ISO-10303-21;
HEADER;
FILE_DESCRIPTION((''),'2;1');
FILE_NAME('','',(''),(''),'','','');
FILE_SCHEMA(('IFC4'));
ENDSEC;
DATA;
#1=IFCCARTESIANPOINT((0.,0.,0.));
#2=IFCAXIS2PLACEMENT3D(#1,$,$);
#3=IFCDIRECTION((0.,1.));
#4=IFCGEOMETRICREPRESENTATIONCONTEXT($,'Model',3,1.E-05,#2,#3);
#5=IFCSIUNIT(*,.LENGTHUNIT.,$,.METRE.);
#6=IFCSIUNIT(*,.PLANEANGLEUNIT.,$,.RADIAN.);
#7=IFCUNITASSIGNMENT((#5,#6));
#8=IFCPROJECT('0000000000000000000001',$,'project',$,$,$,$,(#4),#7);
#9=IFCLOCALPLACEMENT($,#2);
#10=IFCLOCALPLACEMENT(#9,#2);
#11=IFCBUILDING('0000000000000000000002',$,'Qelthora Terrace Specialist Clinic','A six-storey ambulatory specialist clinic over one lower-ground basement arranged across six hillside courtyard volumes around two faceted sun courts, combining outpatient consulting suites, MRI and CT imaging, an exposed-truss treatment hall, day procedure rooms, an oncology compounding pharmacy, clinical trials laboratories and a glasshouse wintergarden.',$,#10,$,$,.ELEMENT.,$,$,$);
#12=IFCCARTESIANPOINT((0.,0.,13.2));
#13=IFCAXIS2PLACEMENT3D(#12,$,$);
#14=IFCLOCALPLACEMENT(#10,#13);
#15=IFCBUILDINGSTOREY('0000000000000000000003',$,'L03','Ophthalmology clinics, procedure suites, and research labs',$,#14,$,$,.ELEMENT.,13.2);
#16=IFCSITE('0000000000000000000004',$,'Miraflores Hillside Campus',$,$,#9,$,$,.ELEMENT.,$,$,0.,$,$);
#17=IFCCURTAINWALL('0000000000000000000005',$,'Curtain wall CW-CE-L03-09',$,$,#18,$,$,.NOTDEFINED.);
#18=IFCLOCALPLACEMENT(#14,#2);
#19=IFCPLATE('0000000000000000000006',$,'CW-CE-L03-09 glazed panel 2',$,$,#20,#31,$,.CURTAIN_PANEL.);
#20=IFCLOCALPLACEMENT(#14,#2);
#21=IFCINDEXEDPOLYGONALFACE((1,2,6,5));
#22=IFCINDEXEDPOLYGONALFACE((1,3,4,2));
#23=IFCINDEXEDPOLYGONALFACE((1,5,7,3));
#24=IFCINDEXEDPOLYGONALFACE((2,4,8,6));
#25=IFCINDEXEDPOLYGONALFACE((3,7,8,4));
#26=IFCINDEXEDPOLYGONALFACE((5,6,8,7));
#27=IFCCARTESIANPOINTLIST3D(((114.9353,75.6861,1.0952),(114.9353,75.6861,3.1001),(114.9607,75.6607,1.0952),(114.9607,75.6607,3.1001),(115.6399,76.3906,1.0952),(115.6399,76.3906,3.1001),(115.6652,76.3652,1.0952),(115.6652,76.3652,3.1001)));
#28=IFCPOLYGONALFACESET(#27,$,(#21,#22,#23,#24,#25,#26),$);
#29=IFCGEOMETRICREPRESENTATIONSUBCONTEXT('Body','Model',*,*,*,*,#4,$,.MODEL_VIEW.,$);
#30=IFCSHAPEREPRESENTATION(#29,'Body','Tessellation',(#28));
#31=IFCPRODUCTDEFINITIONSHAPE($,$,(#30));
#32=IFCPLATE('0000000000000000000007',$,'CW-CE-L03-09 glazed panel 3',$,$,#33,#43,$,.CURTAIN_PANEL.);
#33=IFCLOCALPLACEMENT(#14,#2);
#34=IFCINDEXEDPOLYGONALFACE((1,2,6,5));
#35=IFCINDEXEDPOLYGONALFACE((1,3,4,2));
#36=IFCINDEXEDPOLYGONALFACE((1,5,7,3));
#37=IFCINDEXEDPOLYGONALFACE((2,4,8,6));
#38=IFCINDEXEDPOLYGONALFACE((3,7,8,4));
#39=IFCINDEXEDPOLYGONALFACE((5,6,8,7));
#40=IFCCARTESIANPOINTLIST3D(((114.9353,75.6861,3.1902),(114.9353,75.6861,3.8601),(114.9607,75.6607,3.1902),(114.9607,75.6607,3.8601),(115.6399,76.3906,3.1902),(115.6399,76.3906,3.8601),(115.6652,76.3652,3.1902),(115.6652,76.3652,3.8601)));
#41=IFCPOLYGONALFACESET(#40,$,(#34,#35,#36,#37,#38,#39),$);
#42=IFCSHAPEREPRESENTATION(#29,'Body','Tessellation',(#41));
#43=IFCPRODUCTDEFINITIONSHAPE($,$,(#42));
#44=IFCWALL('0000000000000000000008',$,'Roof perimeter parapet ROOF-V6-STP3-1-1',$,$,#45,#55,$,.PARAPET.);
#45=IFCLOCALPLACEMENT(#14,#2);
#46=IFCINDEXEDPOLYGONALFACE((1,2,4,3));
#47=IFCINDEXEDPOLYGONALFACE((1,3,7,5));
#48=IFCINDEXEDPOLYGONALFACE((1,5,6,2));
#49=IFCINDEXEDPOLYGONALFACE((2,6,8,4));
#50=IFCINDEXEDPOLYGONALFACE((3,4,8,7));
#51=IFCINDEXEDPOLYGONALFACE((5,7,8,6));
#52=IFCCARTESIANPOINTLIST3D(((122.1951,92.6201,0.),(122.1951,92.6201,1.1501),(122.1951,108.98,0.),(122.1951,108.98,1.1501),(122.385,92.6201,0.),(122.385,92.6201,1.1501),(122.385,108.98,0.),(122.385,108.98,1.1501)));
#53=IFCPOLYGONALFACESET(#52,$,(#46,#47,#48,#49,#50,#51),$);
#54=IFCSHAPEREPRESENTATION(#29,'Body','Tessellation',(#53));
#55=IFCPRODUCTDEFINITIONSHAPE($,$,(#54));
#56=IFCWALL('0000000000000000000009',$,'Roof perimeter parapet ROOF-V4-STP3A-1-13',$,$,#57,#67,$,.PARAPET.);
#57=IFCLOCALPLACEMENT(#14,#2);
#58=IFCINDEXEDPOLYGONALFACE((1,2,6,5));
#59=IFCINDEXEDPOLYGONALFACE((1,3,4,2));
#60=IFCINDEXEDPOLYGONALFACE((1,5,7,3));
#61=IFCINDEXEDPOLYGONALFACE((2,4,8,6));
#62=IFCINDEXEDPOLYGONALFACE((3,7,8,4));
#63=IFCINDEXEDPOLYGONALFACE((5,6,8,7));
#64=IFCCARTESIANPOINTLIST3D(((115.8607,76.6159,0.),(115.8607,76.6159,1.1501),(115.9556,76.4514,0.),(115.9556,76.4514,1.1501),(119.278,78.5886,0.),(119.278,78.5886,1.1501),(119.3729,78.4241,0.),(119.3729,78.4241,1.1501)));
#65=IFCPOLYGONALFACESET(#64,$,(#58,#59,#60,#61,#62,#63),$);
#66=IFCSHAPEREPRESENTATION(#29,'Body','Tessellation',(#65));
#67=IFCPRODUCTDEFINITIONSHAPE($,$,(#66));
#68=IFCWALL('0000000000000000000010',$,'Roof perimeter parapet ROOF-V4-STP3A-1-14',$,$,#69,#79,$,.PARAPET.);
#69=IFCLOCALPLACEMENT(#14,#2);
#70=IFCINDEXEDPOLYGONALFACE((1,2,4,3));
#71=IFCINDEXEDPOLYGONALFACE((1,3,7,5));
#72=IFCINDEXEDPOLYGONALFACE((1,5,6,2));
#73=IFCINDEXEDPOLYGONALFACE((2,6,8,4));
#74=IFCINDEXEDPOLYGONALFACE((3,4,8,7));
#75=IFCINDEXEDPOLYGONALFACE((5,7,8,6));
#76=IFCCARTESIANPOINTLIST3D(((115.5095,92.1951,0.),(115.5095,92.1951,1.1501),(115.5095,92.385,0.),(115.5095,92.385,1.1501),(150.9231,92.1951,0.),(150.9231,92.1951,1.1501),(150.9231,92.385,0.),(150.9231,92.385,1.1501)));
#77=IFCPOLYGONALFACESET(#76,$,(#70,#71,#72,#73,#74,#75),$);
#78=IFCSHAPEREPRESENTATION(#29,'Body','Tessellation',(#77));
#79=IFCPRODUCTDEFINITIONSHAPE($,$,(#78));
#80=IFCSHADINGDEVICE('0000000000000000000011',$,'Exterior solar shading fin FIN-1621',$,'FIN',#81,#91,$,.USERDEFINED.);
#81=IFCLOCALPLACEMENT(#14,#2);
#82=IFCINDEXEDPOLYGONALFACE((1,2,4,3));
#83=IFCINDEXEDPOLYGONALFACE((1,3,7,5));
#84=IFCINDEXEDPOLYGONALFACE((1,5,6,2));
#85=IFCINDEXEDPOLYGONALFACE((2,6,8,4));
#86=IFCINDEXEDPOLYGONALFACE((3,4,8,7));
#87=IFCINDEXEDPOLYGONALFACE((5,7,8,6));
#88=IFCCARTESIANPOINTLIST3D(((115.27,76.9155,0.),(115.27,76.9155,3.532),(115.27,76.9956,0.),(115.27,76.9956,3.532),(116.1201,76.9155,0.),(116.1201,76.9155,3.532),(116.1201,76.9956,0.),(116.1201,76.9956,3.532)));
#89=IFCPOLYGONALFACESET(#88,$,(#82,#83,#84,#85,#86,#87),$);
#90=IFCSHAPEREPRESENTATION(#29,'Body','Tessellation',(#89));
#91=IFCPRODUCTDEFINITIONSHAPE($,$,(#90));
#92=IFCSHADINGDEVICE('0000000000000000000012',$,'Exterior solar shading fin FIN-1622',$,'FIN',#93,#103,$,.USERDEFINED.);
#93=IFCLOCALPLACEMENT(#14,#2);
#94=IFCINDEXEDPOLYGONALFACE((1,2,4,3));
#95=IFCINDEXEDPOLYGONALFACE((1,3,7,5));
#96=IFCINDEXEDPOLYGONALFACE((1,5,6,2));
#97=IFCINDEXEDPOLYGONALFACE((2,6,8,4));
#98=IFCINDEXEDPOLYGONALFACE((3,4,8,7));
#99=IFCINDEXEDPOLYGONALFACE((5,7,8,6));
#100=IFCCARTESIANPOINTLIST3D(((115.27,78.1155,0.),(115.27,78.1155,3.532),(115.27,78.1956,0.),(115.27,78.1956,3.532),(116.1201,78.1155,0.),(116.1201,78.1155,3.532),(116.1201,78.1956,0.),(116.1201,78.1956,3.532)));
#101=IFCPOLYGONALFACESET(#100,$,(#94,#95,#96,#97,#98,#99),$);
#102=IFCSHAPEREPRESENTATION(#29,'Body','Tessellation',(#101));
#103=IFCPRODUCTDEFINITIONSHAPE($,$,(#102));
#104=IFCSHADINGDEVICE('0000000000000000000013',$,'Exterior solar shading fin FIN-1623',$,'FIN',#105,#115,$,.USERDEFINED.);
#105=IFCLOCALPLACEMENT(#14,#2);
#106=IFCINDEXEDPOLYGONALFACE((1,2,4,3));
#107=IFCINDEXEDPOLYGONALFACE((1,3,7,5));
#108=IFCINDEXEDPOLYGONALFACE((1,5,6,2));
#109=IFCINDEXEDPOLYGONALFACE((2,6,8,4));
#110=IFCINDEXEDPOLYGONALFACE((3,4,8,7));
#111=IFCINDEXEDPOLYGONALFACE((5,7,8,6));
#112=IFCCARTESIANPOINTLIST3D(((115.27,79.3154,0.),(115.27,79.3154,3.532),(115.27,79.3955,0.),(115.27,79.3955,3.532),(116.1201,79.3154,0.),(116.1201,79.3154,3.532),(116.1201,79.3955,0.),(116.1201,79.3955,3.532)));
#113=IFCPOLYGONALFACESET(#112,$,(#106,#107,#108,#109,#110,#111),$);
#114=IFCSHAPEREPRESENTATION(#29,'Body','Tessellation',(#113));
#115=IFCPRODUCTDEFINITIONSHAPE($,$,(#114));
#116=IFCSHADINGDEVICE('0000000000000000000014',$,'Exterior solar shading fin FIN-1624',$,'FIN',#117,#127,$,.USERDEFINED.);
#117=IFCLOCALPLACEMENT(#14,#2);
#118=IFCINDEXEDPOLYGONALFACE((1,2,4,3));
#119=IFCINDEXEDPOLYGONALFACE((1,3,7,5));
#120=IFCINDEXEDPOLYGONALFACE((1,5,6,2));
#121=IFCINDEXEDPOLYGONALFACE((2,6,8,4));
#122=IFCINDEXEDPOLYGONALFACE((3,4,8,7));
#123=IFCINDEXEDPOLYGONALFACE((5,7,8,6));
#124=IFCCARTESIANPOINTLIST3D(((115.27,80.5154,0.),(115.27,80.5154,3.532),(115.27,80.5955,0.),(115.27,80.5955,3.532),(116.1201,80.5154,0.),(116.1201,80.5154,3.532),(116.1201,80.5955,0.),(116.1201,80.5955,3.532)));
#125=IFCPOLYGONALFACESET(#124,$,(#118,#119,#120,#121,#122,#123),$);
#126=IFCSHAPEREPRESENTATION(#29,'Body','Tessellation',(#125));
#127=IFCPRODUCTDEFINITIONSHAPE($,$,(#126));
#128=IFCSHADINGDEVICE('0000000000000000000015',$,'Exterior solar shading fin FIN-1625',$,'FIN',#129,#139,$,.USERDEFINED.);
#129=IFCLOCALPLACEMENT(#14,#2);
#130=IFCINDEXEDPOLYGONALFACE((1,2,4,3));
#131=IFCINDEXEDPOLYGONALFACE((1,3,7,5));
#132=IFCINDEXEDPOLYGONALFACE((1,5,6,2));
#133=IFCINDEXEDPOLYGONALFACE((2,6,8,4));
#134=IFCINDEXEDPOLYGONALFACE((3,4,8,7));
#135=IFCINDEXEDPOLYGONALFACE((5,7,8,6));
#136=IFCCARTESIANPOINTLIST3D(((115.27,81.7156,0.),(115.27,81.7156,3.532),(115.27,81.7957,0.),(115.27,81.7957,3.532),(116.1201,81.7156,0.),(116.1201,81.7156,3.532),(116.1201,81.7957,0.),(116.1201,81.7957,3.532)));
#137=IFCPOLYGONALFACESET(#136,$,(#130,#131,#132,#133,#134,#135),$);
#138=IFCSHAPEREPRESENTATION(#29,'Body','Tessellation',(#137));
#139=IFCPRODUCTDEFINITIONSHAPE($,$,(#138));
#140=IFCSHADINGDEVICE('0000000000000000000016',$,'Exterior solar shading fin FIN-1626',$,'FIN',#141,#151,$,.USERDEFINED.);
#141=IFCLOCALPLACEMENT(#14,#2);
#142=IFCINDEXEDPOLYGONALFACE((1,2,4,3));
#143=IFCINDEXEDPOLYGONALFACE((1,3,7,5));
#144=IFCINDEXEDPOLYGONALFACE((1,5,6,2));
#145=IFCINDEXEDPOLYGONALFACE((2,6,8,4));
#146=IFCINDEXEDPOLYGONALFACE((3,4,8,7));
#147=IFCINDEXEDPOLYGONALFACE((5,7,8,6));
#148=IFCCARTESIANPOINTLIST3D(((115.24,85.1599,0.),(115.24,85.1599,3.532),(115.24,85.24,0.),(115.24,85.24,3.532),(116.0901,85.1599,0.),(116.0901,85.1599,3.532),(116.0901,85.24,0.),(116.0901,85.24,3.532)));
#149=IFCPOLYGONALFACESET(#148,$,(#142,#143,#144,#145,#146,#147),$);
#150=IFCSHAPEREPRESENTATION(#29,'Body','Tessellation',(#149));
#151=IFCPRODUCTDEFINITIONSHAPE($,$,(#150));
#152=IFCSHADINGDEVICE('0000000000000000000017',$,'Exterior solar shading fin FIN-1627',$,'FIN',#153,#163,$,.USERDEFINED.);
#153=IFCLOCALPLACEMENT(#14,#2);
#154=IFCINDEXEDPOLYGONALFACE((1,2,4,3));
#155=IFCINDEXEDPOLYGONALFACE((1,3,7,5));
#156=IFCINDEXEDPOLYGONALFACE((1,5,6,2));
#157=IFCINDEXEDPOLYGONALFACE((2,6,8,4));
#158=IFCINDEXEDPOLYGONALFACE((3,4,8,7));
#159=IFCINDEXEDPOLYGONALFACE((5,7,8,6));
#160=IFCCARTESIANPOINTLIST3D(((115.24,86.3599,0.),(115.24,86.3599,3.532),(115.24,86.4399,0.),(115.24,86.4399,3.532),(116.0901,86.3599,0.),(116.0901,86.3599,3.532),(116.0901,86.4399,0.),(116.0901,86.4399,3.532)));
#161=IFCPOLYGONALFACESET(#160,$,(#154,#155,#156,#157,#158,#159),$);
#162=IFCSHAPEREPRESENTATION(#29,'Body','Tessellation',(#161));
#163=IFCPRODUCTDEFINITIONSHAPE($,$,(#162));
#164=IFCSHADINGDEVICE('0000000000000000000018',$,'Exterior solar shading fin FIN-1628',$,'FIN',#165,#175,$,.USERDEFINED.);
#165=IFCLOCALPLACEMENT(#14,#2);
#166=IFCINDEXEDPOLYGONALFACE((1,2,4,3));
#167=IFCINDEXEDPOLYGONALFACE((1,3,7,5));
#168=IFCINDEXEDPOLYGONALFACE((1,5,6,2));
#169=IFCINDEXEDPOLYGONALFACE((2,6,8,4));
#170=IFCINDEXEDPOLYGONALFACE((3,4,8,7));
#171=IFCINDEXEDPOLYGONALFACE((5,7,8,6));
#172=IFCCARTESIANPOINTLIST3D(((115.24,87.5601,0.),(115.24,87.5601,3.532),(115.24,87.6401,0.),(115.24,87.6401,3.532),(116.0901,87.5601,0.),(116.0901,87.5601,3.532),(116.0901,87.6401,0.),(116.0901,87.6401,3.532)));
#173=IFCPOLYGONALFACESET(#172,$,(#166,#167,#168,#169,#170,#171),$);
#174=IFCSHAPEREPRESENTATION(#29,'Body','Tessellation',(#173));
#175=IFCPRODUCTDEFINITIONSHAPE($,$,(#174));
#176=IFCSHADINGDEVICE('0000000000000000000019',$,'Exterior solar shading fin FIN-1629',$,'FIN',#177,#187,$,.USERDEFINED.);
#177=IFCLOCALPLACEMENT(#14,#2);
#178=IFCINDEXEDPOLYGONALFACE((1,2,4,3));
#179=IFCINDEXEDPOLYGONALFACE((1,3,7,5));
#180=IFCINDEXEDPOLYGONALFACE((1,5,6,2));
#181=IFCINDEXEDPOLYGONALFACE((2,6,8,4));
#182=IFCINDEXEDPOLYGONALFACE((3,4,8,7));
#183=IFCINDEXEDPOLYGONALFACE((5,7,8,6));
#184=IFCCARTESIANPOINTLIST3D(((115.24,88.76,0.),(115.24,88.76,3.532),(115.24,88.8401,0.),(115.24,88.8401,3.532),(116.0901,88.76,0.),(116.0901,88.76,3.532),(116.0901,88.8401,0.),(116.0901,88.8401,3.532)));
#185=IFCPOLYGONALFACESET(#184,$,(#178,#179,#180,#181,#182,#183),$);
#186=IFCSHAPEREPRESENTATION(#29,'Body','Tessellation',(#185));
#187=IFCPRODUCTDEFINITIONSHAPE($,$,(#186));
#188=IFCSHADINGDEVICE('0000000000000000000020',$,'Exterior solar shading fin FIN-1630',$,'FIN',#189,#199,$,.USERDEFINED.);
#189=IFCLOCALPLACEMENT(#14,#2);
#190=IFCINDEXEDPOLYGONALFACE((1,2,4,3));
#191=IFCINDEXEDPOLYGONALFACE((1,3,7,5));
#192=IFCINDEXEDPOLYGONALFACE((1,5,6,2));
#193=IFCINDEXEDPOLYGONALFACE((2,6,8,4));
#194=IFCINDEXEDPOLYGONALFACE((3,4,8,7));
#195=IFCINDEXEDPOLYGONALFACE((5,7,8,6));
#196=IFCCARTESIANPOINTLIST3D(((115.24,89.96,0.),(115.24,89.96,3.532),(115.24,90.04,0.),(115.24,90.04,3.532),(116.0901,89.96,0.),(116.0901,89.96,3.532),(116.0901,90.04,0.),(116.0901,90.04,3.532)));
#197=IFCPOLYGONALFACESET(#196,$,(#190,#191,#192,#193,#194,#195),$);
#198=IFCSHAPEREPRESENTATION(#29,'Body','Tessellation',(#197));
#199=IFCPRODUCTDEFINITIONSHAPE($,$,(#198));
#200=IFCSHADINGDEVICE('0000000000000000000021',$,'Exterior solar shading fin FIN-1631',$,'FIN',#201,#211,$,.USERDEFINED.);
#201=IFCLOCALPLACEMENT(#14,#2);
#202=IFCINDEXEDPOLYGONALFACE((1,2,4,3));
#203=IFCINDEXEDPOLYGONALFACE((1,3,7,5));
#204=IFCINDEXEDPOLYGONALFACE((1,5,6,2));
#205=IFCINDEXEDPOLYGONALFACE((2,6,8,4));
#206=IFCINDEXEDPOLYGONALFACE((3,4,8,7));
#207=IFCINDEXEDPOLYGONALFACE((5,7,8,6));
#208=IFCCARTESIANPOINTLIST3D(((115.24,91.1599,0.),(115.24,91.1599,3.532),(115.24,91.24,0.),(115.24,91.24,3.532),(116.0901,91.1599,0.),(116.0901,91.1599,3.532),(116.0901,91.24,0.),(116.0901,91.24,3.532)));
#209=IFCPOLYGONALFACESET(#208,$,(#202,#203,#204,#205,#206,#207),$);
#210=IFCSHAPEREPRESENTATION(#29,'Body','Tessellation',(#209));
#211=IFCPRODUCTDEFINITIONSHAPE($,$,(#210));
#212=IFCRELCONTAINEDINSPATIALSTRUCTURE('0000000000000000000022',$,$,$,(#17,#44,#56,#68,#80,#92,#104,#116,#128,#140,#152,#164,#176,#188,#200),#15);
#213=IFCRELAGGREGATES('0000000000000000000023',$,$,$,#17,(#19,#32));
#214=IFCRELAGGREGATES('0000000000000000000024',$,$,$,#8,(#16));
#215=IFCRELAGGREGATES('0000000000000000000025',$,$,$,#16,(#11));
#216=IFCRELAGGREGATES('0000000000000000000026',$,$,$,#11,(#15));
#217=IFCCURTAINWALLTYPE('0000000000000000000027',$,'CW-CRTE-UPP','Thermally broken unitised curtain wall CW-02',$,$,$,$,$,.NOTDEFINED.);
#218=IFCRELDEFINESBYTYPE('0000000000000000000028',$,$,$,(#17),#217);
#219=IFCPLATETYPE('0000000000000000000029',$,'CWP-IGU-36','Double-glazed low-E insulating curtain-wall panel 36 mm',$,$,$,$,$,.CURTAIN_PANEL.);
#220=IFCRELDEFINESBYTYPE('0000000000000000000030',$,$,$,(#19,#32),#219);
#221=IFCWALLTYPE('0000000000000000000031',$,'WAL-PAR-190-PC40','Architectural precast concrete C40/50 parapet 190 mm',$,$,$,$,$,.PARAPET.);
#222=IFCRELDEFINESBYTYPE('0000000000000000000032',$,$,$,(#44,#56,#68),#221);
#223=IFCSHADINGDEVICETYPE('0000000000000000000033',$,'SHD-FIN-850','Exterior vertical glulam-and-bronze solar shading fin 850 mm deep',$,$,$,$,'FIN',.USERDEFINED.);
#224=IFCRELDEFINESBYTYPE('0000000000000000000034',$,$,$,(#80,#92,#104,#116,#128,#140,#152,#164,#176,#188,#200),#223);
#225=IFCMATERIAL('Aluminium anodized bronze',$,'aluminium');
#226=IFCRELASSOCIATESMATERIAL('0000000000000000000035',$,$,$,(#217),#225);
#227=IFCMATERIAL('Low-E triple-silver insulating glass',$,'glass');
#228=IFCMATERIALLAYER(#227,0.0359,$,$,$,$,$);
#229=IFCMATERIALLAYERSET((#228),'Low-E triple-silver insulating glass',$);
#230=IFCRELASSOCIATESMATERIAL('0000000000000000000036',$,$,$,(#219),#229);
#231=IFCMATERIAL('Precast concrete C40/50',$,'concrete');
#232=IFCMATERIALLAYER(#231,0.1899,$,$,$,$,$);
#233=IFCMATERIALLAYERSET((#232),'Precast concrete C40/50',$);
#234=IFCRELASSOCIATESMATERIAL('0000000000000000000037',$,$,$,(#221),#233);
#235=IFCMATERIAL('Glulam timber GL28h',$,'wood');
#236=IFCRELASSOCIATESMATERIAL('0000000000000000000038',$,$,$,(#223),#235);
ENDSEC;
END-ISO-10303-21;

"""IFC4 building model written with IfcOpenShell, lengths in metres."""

from ifc_helpers import new_model, si_unit, direction, frame, frame_2d, origin, origin_2d, place, context, subcontext, project, spatial, rectangle, extrude, material, layer, layer_set, type_object, element, aggregate, save


model = new_model("IFC4")

# Units and contexts
model_context = context("Model", 3, precision=1e-05, world=origin(), true_north=direction((0.0, 1.0)))
body_context = subcontext(model_context, "Body", "Model", "MODEL_VIEW")
ifc_project = project(units=[si_unit("LENGTHUNIT", "METRE"), si_unit("PLANEANGLEUNIT", "RADIAN")], contexts=[model_context])

# Site, building, storey
site_placement = place(None, origin())
site = spatial("IfcSite", under=ifc_project, at=site_placement, Name="Miraflores Hillside Campus", CompositionType="ELEMENT", RefElevation=0.0)
building_placement = place(site_placement, origin())
building = spatial("IfcBuilding", under=site, at=building_placement, Name="Qelthora Terrace Specialist Clinic", Description="A six-storey ambulatory specialist clinic over one lower-ground basement arranged across six hillside courtyard volumes around two faceted sun courts, combining outpatient consulting suites, MRI and CT imaging, an exposed-truss treatment hall, day procedure rooms, an oncology compounding pharmacy, clinical trials laboratories and a glasshouse wintergarden.", CompositionType="ELEMENT")
storey_placement = place(building_placement, frame((0.0, 0.0, 13.2)))
storey = spatial("IfcBuildingStorey", under=building, at=storey_placement, Name="L03", Description="Ophthalmology clinics, procedure suites, and research labs", CompositionType="ELEMENT", Elevation=13.2)

# Curtain wall
ifc_material_1 = material(Name="Aluminium anodized bronze", Category="aluminium")
curtain_wall_type = type_object("IfcCurtainWallType", Name="CW-CRTE-UPP", Description="Thermally broken unitised curtain wall CW-02", PredefinedType="NOTDEFINED", material=ifc_material_1)
curtain_wall_placement = place(storey_placement, origin())
curtain_wall = element("IfcCurtainWall", 1, at=curtain_wall_placement, inside=storey, type_object=curtain_wall_type, Name="Curtain wall CW-CE-L03-09", PredefinedType="NOTDEFINED")

# Plates
ifc_material_2 = material(Name="Low-E triple-silver insulating glass", Category="glass")
ifc_layer_1 = layer(ifc_material_2, 0.0359)
ifc_layer_set_1 = layer_set([ifc_layer_1], Name="Low-E triple-silver insulating glass")
plate_type = type_object("IfcPlateType", Name="CWP-IGU-36", Description="Double-glazed low-E insulating curtain-wall panel 36 mm", PredefinedType="CURTAIN_PANEL", material=ifc_layer_set_1)
plate_1_placement = place(storey_placement, frame((115.3003, 76.0256, 1.0952), z_axis=(0.0, 0.0, 1.0), x_axis=(-0.707107, -0.707107, 0.0)))
plate_1 = element("IfcPlate", 2, at=plate_1_placement, type_object=plate_type, Name="CW-CE-L03-09 glazed panel 2", PredefinedType="CURTAIN_PANEL", context=body_context, shape_type="SweptSolid", body=[
    extrude(rectangle(XDim=0.9963, YDim=0.0359, at=origin_2d()), origin(), (0.0, 0.0, 1.0), 2.0049),
])
plate_2_placement = place(storey_placement, frame((115.3003, 76.0256, 3.1902), z_axis=(0.0, 0.0, 1.0), x_axis=(-0.707107, -0.707107, 0.0)))
plate_2 = element("IfcPlate", 3, at=plate_2_placement, type_object=plate_type, Name="CW-CE-L03-09 glazed panel 3", PredefinedType="CURTAIN_PANEL", context=body_context, shape_type="SweptSolid", body=[
    extrude(rectangle(XDim=0.9963, YDim=0.0359, at=origin_2d()), origin(), (0.0, 0.0, 1.0), 0.6699),
])
aggregate(curtain_wall, [plate_1, plate_2])

# Walls
ifc_material_3 = material(Name="Precast concrete C40/50", Category="concrete")
ifc_layer_2 = layer(ifc_material_3, 0.1899)
ifc_layer_set_2 = layer_set([ifc_layer_2], Name="Precast concrete C40/50")
wall_type = type_object("IfcWallType", Name="WAL-PAR-190-PC40", Description="Architectural precast concrete C40/50 parapet 190 mm", PredefinedType="PARAPET", material=ifc_layer_set_2)
wall_1_placement = place(storey_placement, frame((122.29, 108.98, 0.0), z_axis=(0.0, 0.0, 1.0), x_axis=(0.0, -1.0, 0.0)))
element("IfcWall", 4, at=wall_1_placement, inside=storey, type_object=wall_type, Name="Roof perimeter parapet ROOF-V6-STP3-1-1", PredefinedType="PARAPET", context=body_context, shape_type="SweptSolid", body=[
    extrude(rectangle(XDim=16.3599, YDim=0.1899, at=frame_2d((8.1799, 0.0))), origin(), (0.0, 0.0, 1.0), 1.1501),
])
wall_2_placement = place(storey_placement, frame((119.3254, 78.5063, 0.0), z_axis=(0.0, 0.0, 1.0), x_axis=(-0.866057, -0.499946, 0.0)))
element("IfcWall", 5, at=wall_2_placement, inside=storey, type_object=wall_type, Name="Roof perimeter parapet ROOF-V4-STP3A-1-13", PredefinedType="PARAPET", context=body_context, shape_type="SweptSolid", body=[
    extrude(rectangle(XDim=3.9458, YDim=0.1899, at=frame_2d((1.9729, 0.0))), origin(), (0.0, 0.0, 1.0), 1.1501),
])
wall_3_placement = place(storey_placement, frame((115.5095, 92.29, 0.0), z_axis=(0.0, 0.0, 1.0), x_axis=(1.0, 0.0, 0.0)))
element("IfcWall", 6, at=wall_3_placement, inside=storey, type_object=wall_type, Name="Roof perimeter parapet ROOF-V4-STP3A-1-14", PredefinedType="PARAPET", context=body_context, shape_type="SweptSolid", body=[
    extrude(rectangle(XDim=35.4136, YDim=0.1899, at=frame_2d((17.7068, 0.0))), origin(), (0.0, 0.0, 1.0), 1.1501),
])

# Shading devices
ifc_material_4 = material(Name="Glulam timber GL28h", Category="wood")
shading_device_type = type_object("IfcShadingDeviceType", Name="SHD-FIN-850", Description="Exterior vertical glulam-and-bronze solar shading fin 850 mm deep", ElementType="FIN", PredefinedType="USERDEFINED", material=ifc_material_4)
for number, where, z_axis, x_axis, name in (
    (7, (115.6951, 76.9556, 0.0), (0.0, 0.0, 1.0), (1.0, 0.0, 0.0), "Exterior solar shading fin FIN-1621"),
    (8, (115.6951, 78.1555, 0.0), (0.0, 0.0, 1.0), (1.0, 0.0, 0.0), "Exterior solar shading fin FIN-1622"),
    (9, (115.6951, 79.3555, 0.0), (0.0, 0.0, 1.0), (1.0, 0.0, 0.0), "Exterior solar shading fin FIN-1623"),
    (10, (115.6951, 80.5554, 0.0), (0.0, 0.0, 1.0), (1.0, 0.0, 0.0), "Exterior solar shading fin FIN-1624"),
    (11, (115.6951, 81.7556, 0.0), (0.0, 0.0, 1.0), (1.0, 0.0, 0.0), "Exterior solar shading fin FIN-1625"),
    (12, (115.665, 85.2, 0.0), (0.0, 0.0, 1.0), (1.0, 0.0, 0.0), "Exterior solar shading fin FIN-1626"),
    (13, (115.665, 86.3999, 0.0), (0.0, 0.0, 1.0), (1.0, 0.0, 0.0), "Exterior solar shading fin FIN-1627"),
    (14, (115.665, 87.6001, 0.0), (0.0, 0.0, 1.0), (1.0, 0.0, 0.0), "Exterior solar shading fin FIN-1628"),
    (15, (115.665, 88.8, 0.0), (0.0, 0.0, 1.0), (1.0, 0.0, 0.0), "Exterior solar shading fin FIN-1629"),
    (16, (115.665, 90.0, 0.0), (0.0, 0.0, 1.0), (1.0, 0.0, 0.0), "Exterior solar shading fin FIN-1630"),
    (17, (115.665, 91.2, 0.0), (0.0, 0.0, 1.0), (1.0, 0.0, 0.0), "Exterior solar shading fin FIN-1631"),
):
    element("IfcShadingDevice", number, at=place(storey_placement, frame(where, z_axis=z_axis, x_axis=x_axis)), inside=storey, type_object=shading_device_type, Name=name, ObjectType="FIN", PredefinedType="USERDEFINED", context=body_context, shape_type="SweptSolid", body=[
        extrude(rectangle(XDim=0.8501, YDim=0.0801, at=origin_2d()), origin(), (0.0, 0.0, 1.0), 3.532),
    ])

save(model, "model.ifc")
